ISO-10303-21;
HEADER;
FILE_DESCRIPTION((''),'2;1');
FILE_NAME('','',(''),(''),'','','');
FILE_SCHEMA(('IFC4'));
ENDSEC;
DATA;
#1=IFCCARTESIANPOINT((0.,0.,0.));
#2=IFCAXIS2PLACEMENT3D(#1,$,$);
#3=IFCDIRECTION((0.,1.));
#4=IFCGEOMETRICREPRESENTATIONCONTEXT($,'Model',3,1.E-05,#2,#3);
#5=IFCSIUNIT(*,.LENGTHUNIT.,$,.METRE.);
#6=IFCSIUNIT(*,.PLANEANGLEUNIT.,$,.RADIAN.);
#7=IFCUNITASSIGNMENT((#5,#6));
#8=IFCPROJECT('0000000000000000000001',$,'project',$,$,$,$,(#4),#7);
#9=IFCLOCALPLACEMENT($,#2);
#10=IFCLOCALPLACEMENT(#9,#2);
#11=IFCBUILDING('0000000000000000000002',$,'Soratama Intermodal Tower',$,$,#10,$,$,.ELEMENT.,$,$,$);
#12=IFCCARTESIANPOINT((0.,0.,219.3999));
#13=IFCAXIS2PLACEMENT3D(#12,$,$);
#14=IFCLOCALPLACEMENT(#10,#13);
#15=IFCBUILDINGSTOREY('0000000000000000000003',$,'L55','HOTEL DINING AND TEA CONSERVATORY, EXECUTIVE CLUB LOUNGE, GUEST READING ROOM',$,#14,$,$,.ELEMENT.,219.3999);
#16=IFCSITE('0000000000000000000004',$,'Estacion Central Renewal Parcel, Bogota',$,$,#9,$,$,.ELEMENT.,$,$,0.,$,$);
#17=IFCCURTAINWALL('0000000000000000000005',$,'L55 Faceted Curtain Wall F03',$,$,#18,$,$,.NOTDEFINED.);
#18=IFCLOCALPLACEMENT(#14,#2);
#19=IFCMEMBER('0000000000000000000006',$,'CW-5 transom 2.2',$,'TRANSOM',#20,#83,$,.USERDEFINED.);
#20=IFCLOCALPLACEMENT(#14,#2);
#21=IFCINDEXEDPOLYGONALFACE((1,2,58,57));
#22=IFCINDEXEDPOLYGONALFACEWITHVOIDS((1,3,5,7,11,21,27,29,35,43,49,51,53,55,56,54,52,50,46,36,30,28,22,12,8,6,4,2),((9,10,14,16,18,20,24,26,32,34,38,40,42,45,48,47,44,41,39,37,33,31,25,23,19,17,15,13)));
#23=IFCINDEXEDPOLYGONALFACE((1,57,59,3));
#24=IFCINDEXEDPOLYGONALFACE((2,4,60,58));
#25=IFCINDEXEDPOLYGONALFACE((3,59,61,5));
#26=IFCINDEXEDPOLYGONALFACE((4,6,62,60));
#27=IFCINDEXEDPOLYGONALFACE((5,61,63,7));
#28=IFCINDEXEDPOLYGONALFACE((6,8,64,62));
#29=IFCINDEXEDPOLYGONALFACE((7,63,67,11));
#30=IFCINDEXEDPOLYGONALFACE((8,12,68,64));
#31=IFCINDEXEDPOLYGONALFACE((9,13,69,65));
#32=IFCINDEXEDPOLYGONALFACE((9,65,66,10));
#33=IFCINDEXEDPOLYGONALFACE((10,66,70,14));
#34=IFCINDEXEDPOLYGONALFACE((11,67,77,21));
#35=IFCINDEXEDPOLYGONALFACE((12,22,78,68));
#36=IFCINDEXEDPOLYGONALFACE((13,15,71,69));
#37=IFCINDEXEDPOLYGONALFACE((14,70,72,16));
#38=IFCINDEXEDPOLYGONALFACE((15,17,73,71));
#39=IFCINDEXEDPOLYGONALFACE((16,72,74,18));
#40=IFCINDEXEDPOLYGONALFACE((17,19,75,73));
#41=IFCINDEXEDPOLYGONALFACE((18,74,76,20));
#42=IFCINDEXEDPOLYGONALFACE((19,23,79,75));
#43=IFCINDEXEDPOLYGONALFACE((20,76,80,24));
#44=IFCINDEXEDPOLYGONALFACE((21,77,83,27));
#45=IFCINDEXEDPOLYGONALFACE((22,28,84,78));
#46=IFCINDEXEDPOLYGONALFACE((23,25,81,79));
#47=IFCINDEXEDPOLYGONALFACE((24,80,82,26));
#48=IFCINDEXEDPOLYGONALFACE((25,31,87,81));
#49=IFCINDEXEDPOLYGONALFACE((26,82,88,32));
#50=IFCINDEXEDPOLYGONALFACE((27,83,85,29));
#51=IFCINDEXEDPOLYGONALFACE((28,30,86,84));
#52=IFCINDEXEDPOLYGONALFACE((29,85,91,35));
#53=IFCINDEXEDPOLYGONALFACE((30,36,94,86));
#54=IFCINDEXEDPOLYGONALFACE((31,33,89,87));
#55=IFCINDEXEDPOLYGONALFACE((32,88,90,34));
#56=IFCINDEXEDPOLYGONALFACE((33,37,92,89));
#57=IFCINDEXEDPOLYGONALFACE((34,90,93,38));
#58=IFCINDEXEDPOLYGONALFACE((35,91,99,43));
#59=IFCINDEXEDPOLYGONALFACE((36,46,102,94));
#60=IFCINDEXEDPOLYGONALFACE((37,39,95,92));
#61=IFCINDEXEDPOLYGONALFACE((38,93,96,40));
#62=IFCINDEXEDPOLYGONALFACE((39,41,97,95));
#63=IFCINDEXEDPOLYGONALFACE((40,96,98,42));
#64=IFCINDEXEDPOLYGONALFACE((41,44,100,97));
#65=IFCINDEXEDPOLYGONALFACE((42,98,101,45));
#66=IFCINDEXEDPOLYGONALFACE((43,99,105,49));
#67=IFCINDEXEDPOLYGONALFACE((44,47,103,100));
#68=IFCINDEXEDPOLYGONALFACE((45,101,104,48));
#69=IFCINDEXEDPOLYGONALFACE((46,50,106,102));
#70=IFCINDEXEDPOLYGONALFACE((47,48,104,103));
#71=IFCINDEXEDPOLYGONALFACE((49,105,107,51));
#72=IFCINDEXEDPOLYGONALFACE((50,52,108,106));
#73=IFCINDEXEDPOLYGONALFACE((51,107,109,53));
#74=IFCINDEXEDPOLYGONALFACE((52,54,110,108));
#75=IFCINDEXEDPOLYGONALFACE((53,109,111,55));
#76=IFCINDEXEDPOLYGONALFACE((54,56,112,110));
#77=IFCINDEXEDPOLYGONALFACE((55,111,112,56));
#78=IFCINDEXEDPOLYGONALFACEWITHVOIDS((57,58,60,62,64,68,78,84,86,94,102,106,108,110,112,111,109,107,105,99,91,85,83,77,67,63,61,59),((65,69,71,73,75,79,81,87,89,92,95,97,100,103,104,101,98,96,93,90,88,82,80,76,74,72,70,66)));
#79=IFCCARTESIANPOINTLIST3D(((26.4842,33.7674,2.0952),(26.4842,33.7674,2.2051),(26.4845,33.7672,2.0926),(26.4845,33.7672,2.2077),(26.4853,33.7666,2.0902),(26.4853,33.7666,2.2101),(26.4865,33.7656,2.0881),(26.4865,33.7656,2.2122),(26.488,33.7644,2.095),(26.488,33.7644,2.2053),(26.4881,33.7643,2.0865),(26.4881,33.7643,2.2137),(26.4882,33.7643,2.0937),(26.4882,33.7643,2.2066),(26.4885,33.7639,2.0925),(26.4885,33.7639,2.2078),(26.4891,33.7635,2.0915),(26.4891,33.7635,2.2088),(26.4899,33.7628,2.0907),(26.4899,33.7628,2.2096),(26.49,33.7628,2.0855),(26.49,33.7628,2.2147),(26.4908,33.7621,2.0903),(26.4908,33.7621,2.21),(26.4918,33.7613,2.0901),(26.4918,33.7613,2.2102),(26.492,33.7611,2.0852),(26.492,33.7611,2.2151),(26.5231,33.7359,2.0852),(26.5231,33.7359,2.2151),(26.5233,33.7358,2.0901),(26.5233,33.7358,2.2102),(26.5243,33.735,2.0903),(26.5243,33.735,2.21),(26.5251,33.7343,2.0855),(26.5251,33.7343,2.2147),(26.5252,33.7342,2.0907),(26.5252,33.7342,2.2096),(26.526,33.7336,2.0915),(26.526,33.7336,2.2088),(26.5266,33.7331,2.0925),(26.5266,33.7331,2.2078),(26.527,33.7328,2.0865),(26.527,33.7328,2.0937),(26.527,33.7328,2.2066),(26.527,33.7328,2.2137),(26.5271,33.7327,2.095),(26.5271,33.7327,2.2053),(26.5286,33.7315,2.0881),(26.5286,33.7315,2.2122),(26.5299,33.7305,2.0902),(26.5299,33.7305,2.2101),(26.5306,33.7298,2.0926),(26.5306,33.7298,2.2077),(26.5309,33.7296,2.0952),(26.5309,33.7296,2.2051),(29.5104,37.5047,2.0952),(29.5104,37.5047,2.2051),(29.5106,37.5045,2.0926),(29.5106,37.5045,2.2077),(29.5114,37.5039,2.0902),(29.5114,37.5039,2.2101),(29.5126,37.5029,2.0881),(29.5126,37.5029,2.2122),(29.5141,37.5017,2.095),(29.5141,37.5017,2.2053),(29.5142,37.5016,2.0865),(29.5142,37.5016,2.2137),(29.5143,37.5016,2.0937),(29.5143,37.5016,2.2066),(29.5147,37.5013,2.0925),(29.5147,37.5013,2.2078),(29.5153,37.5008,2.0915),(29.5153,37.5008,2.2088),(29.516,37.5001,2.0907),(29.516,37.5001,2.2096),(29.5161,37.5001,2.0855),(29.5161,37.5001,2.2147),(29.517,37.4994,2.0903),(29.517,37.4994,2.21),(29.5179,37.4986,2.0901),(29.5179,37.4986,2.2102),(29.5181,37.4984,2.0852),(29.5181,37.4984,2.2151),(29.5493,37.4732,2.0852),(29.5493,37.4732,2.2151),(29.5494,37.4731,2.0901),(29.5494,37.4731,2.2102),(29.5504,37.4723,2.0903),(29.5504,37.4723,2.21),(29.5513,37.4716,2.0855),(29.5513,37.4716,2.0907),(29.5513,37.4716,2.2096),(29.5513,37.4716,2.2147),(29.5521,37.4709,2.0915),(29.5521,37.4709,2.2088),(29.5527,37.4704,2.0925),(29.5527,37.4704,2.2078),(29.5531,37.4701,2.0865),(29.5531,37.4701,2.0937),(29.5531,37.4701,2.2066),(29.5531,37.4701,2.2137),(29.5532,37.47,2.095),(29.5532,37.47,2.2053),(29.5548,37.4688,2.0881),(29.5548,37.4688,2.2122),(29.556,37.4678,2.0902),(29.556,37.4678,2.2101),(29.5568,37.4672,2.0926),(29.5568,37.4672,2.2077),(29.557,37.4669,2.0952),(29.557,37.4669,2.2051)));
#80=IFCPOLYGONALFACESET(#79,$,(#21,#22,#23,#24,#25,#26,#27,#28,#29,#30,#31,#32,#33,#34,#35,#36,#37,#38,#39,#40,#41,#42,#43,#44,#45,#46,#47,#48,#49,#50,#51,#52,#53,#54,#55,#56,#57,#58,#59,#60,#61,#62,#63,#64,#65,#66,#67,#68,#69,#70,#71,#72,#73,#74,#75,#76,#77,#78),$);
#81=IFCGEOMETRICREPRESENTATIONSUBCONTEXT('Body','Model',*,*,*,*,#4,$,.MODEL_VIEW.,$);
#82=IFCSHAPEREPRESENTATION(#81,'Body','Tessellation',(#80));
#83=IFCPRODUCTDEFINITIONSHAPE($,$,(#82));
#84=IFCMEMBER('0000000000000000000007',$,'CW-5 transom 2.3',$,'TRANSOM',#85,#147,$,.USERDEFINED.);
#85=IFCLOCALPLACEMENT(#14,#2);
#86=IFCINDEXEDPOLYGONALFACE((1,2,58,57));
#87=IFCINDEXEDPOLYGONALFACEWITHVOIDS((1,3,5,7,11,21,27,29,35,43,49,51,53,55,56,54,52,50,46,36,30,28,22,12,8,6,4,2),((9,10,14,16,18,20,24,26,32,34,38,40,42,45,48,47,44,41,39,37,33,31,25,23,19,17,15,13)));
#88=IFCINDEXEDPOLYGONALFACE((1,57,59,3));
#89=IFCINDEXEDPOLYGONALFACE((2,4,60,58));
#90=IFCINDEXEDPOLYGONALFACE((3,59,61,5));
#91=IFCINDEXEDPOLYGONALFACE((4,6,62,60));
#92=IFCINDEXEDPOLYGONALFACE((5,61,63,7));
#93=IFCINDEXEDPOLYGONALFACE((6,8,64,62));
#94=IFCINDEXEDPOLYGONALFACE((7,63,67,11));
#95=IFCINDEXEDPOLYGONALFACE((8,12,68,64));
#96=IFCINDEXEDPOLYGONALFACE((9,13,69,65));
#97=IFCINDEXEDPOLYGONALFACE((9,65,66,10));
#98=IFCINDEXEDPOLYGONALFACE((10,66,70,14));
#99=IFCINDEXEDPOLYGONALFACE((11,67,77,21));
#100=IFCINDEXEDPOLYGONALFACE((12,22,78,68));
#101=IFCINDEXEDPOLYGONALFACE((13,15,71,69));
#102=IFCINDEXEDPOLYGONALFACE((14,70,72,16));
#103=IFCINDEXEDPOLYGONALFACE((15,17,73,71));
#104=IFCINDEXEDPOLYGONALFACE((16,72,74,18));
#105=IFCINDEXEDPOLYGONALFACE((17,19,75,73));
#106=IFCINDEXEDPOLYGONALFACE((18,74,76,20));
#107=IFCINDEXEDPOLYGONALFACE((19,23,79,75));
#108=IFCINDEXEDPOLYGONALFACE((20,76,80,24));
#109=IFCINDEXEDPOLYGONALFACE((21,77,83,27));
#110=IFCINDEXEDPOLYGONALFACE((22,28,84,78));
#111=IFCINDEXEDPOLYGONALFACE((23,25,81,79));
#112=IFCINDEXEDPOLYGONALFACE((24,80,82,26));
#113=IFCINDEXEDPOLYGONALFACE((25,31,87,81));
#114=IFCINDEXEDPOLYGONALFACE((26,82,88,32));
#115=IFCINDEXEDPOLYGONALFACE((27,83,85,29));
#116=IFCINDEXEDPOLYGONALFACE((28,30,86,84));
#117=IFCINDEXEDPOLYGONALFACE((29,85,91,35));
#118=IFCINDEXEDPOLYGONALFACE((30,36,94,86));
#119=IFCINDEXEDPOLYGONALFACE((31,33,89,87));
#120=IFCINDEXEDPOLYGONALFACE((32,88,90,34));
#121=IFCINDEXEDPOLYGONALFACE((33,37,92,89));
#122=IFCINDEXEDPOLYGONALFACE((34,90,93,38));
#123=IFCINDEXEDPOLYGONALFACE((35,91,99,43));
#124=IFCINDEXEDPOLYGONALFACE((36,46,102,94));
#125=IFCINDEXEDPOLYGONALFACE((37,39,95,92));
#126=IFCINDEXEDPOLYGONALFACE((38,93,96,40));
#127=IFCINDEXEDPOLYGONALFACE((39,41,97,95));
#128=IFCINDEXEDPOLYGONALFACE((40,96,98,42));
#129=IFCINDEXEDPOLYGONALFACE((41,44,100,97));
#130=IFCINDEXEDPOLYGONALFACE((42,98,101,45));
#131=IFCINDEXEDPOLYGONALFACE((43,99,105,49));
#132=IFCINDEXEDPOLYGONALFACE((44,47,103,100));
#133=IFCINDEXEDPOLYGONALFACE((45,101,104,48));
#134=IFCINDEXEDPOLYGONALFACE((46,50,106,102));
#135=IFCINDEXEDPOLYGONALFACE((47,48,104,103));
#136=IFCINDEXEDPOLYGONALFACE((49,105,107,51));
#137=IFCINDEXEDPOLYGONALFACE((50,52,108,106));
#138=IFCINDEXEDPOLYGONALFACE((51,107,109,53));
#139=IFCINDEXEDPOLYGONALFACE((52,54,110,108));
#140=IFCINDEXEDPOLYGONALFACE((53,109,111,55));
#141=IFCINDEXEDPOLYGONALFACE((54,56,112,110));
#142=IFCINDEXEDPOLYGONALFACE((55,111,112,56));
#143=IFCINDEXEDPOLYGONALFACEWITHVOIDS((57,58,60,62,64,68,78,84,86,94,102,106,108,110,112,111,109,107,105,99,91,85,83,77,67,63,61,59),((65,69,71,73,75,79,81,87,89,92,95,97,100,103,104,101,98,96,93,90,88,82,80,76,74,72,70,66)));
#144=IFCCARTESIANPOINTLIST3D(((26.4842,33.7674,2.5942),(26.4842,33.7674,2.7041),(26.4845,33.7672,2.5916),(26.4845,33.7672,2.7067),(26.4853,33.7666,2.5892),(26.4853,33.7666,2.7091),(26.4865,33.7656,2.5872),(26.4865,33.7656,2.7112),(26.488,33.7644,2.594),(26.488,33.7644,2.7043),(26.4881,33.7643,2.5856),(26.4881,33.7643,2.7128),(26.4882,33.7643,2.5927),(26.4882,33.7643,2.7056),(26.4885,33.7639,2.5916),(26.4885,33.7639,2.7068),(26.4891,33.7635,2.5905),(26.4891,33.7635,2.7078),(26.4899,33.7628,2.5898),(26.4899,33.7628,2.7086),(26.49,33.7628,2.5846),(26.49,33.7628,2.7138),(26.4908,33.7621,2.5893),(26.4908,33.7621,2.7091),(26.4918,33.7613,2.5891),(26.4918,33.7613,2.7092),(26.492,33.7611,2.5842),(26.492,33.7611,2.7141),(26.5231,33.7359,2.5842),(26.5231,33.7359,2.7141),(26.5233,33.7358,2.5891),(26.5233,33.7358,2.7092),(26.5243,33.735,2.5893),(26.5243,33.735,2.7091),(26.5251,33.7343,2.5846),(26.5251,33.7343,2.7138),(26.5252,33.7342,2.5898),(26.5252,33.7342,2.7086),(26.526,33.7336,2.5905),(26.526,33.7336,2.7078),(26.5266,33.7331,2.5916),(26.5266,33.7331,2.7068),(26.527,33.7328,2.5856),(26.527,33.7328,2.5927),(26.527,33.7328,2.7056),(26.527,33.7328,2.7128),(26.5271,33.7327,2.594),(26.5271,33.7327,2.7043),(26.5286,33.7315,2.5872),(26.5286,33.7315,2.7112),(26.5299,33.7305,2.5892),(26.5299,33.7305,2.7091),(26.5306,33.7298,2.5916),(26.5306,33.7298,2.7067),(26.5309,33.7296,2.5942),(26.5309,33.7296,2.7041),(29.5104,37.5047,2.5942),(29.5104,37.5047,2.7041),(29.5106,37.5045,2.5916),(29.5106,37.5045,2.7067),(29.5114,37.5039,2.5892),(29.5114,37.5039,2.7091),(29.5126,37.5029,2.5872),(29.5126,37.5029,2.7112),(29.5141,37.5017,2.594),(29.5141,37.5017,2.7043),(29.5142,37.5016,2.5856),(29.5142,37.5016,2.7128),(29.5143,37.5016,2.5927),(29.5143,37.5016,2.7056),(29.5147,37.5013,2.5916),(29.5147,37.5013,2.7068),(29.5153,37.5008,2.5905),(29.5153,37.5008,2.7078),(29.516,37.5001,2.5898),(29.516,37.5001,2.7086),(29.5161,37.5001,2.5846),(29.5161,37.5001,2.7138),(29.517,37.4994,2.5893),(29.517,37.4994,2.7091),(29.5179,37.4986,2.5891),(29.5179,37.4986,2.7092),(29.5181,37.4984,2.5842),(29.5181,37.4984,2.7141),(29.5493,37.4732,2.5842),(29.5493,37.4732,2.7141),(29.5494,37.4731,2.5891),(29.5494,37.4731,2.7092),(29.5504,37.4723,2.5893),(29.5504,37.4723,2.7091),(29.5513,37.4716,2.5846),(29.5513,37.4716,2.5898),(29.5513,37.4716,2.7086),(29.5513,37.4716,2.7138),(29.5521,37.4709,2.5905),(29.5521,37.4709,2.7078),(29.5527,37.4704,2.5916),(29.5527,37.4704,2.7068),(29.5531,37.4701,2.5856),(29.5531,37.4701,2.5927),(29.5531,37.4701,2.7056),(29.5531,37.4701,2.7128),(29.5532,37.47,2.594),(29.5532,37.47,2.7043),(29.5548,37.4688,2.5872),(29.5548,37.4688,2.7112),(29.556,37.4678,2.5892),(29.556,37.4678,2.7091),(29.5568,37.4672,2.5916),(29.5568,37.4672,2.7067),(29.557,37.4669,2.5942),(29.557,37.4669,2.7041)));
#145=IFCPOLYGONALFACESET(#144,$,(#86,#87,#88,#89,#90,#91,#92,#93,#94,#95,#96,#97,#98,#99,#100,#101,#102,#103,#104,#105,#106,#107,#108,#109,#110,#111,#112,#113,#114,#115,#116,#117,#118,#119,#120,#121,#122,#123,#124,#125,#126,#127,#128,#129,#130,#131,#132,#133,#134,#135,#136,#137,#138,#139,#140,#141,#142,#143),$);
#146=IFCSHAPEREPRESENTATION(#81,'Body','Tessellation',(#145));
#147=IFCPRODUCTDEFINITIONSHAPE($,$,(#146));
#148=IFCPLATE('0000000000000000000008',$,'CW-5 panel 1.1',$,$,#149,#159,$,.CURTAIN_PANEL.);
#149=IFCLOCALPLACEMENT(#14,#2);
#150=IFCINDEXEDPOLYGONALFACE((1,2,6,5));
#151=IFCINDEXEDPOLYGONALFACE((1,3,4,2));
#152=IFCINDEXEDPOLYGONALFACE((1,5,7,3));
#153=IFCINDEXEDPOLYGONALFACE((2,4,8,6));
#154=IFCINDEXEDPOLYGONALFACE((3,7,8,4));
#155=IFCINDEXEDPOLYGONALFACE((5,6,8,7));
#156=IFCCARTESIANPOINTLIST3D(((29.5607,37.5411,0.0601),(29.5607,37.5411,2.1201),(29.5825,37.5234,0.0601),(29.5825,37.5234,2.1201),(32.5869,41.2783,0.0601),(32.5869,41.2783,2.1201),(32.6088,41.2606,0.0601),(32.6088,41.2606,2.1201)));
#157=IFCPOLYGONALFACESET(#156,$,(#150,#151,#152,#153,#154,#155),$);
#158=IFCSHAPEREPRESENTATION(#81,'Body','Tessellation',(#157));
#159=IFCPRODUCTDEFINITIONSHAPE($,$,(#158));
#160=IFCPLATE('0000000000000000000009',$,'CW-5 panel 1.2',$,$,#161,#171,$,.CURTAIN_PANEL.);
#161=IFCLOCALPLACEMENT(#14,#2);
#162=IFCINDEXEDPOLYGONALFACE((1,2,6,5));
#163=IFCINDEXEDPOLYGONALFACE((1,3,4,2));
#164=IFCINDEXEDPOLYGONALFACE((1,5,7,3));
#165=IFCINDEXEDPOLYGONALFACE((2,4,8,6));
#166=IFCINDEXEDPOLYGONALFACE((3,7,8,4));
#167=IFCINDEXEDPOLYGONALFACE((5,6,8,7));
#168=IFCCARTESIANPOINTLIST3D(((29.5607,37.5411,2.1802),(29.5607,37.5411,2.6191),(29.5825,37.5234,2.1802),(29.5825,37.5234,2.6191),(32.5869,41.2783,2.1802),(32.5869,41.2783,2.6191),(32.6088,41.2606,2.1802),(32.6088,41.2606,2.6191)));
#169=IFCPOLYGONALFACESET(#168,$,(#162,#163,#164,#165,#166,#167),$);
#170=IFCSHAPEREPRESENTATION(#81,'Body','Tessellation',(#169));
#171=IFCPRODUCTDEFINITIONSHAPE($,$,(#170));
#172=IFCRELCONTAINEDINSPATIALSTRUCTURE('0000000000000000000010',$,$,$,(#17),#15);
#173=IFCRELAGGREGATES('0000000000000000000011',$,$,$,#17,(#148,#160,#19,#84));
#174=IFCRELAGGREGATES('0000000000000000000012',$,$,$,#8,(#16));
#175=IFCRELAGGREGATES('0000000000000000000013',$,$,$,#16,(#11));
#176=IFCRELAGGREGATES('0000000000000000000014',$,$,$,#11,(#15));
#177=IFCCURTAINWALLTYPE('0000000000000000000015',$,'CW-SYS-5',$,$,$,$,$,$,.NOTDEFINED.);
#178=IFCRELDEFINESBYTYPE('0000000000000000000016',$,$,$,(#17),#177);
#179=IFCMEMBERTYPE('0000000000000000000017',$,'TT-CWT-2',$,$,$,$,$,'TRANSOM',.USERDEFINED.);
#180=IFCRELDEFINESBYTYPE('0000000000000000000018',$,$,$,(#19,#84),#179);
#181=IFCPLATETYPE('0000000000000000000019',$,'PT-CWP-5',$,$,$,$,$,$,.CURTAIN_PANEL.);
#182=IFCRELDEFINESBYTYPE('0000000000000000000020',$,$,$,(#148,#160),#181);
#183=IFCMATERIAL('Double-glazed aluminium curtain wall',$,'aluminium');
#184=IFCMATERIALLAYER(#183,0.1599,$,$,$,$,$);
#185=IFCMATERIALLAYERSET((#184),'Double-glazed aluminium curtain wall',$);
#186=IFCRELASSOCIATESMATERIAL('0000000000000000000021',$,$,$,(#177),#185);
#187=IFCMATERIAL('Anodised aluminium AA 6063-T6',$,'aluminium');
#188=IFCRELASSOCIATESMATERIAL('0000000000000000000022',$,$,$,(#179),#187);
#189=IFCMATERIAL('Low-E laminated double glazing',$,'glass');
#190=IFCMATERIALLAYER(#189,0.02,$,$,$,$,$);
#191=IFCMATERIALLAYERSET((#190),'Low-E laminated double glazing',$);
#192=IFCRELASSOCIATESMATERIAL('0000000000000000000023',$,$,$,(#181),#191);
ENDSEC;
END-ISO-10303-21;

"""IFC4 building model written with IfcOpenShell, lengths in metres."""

from ifc_helpers import new_model, si_unit, direction, frame, origin, origin_2d, place, context, subcontext, project, spatial, rectangle, hollow_rectangle, extrude, material, layer, layer_set, material_profile, profile_set, type_object, element, aggregate, save


model = new_model("IFC4")

# Units and contexts
model_context = context("Model", 3, precision=1e-05, world=origin(), true_north=direction((0.0, 1.0)))
body_context = subcontext(model_context, "Body", "Model", "MODEL_VIEW")
ifc_project = project(units=[si_unit("LENGTHUNIT", "METRE"), si_unit("PLANEANGLEUNIT", "RADIAN")], contexts=[model_context])

# Site, building, storey
site_placement = place(None, origin())
site = spatial("IfcSite", under=ifc_project, at=site_placement, Name="Estacion Central Renewal Parcel, Bogota", CompositionType="ELEMENT", RefElevation=0.0)
building_placement = place(site_placement, origin())
building = spatial("IfcBuilding", under=site, at=building_placement, Name="Soratama Intermodal Tower", CompositionType="ELEMENT")
storey_placement = place(building_placement, frame((0.0, 0.0, 219.3999)))
storey = spatial("IfcBuildingStorey", under=building, at=storey_placement, Name="L55", Description="HOTEL DINING AND TEA CONSERVATORY, EXECUTIVE CLUB LOUNGE, GUEST READING ROOM", CompositionType="ELEMENT", Elevation=219.3999)

# Curtain wall, members, plates
ifc_material_1 = material(Name="Double-glazed aluminium curtain wall", Category="aluminium")
ifc_layer_1 = layer(ifc_material_1, 0.1599)
ifc_layer_set_1 = layer_set([ifc_layer_1], Name="Double-glazed aluminium curtain wall")
curtain_wall_type = type_object("IfcCurtainWallType", Name="CW-SYS-5", PredefinedType="NOTDEFINED", material=ifc_layer_set_1)
curtain_wall_placement = place(storey_placement, origin())
curtain_wall = element("IfcCurtainWall", 1, at=curtain_wall_placement, inside=storey, type_object=curtain_wall_type, Name="L55 Faceted Curtain Wall F03", PredefinedType="NOTDEFINED")
ifc_material_2 = material(Name="Anodised aluminium AA 6063-T6", Category="aluminium")
ifc_material_profile_1 = material_profile(ifc_material_2, hollow_rectangle(XDim=0.0601, YDim=0.1299, WallThickness=0.0049, InnerFilletRadius=0.0049, OuterFilletRadius=0.01, at=origin_2d()), Name="CWT130X60X5")
ifc_profile_set_1 = profile_set([ifc_material_profile_1], Name="Anodised aluminium AA 6063-T6")
member_type_1 = type_object("IfcMemberType", Name="TT-CWT-2", ElementType="TRANSOM", PredefinedType="USERDEFINED", material=ifc_profile_set_1)
member_1_placement = place(storey_placement, frame((29.5337, 37.4858, 2.1501), z_axis=(-0.629284, -0.777175, 0.0), x_axis=(0.777175, -0.629284, 0.0)))
member_1 = element("IfcMember", 2, at=member_1_placement, type_object=member_type_1, Name="CW-5 transom 2.2", ObjectType="TRANSOM", PredefinedType="USERDEFINED", context=body_context, shape_type="SweptSolid", body=[
    extrude(hollow_rectangle(XDim=0.0601, YDim=0.1299, WallThickness=0.0049, InnerFilletRadius=0.0049, OuterFilletRadius=0.01, at=origin_2d()), origin(), (0.0, 0.0, 1.0), 4.8088),
])
member_2_placement = place(storey_placement, frame((29.5337, 37.4858, 2.6492), z_axis=(-0.629284, -0.777175, 0.0), x_axis=(0.777175, -0.629284, 0.0)))
member_2 = element("IfcMember", 3, at=member_2_placement, type_object=member_type_1, Name="CW-5 transom 2.3", ObjectType="TRANSOM", PredefinedType="USERDEFINED", context=body_context, shape_type="SweptSolid", body=[
    extrude(hollow_rectangle(XDim=0.0601, YDim=0.1299, WallThickness=0.0049, InnerFilletRadius=0.0049, OuterFilletRadius=0.01, at=origin_2d()), origin(), (0.0, 0.0, 1.0), 4.8088),
])
ifc_material_3 = material(Name="Low-E laminated double glazing", Category="glass")
ifc_layer_2 = layer(ifc_material_3, 0.02)
ifc_layer_set_2 = layer_set([ifc_layer_2], Name="Low-E laminated double glazing")
plate_type = type_object("IfcPlateType", Name="PT-CWP-5", PredefinedType="CURTAIN_PANEL", material=ifc_layer_set_2)
plate_1_placement = place(storey_placement, frame((31.0847, 39.4009, 0.0601), z_axis=(0.0, 0.0, 1.0), x_axis=(-0.629312, -0.777153, 0.0)))
plate_1 = element("IfcPlate", 4, at=plate_1_placement, type_object=plate_type, Name="CW-5 panel 1.1", PredefinedType="CURTAIN_PANEL", context=body_context, shape_type="SweptSolid", body=[
    extrude(rectangle(XDim=4.8088, YDim=0.0281, at=origin_2d()), origin(), (0.0, 0.0, 1.0), 2.0601),
])
plate_2_placement = place(storey_placement, frame((31.0847, 39.4009, 2.1802), z_axis=(0.0, 0.0, 1.0), x_axis=(-0.629312, -0.777153, 0.0)))
plate_2 = element("IfcPlate", 5, at=plate_2_placement, type_object=plate_type, Name="CW-5 panel 1.2", PredefinedType="CURTAIN_PANEL", context=body_context, shape_type="SweptSolid", body=[
    extrude(rectangle(XDim=4.8088, YDim=0.0281, at=origin_2d()), origin(), (0.0, 0.0, 1.0), 0.439),
])
aggregate(curtain_wall, [plate_1, plate_2, member_1, member_2])

save(model, "model.ifc")
